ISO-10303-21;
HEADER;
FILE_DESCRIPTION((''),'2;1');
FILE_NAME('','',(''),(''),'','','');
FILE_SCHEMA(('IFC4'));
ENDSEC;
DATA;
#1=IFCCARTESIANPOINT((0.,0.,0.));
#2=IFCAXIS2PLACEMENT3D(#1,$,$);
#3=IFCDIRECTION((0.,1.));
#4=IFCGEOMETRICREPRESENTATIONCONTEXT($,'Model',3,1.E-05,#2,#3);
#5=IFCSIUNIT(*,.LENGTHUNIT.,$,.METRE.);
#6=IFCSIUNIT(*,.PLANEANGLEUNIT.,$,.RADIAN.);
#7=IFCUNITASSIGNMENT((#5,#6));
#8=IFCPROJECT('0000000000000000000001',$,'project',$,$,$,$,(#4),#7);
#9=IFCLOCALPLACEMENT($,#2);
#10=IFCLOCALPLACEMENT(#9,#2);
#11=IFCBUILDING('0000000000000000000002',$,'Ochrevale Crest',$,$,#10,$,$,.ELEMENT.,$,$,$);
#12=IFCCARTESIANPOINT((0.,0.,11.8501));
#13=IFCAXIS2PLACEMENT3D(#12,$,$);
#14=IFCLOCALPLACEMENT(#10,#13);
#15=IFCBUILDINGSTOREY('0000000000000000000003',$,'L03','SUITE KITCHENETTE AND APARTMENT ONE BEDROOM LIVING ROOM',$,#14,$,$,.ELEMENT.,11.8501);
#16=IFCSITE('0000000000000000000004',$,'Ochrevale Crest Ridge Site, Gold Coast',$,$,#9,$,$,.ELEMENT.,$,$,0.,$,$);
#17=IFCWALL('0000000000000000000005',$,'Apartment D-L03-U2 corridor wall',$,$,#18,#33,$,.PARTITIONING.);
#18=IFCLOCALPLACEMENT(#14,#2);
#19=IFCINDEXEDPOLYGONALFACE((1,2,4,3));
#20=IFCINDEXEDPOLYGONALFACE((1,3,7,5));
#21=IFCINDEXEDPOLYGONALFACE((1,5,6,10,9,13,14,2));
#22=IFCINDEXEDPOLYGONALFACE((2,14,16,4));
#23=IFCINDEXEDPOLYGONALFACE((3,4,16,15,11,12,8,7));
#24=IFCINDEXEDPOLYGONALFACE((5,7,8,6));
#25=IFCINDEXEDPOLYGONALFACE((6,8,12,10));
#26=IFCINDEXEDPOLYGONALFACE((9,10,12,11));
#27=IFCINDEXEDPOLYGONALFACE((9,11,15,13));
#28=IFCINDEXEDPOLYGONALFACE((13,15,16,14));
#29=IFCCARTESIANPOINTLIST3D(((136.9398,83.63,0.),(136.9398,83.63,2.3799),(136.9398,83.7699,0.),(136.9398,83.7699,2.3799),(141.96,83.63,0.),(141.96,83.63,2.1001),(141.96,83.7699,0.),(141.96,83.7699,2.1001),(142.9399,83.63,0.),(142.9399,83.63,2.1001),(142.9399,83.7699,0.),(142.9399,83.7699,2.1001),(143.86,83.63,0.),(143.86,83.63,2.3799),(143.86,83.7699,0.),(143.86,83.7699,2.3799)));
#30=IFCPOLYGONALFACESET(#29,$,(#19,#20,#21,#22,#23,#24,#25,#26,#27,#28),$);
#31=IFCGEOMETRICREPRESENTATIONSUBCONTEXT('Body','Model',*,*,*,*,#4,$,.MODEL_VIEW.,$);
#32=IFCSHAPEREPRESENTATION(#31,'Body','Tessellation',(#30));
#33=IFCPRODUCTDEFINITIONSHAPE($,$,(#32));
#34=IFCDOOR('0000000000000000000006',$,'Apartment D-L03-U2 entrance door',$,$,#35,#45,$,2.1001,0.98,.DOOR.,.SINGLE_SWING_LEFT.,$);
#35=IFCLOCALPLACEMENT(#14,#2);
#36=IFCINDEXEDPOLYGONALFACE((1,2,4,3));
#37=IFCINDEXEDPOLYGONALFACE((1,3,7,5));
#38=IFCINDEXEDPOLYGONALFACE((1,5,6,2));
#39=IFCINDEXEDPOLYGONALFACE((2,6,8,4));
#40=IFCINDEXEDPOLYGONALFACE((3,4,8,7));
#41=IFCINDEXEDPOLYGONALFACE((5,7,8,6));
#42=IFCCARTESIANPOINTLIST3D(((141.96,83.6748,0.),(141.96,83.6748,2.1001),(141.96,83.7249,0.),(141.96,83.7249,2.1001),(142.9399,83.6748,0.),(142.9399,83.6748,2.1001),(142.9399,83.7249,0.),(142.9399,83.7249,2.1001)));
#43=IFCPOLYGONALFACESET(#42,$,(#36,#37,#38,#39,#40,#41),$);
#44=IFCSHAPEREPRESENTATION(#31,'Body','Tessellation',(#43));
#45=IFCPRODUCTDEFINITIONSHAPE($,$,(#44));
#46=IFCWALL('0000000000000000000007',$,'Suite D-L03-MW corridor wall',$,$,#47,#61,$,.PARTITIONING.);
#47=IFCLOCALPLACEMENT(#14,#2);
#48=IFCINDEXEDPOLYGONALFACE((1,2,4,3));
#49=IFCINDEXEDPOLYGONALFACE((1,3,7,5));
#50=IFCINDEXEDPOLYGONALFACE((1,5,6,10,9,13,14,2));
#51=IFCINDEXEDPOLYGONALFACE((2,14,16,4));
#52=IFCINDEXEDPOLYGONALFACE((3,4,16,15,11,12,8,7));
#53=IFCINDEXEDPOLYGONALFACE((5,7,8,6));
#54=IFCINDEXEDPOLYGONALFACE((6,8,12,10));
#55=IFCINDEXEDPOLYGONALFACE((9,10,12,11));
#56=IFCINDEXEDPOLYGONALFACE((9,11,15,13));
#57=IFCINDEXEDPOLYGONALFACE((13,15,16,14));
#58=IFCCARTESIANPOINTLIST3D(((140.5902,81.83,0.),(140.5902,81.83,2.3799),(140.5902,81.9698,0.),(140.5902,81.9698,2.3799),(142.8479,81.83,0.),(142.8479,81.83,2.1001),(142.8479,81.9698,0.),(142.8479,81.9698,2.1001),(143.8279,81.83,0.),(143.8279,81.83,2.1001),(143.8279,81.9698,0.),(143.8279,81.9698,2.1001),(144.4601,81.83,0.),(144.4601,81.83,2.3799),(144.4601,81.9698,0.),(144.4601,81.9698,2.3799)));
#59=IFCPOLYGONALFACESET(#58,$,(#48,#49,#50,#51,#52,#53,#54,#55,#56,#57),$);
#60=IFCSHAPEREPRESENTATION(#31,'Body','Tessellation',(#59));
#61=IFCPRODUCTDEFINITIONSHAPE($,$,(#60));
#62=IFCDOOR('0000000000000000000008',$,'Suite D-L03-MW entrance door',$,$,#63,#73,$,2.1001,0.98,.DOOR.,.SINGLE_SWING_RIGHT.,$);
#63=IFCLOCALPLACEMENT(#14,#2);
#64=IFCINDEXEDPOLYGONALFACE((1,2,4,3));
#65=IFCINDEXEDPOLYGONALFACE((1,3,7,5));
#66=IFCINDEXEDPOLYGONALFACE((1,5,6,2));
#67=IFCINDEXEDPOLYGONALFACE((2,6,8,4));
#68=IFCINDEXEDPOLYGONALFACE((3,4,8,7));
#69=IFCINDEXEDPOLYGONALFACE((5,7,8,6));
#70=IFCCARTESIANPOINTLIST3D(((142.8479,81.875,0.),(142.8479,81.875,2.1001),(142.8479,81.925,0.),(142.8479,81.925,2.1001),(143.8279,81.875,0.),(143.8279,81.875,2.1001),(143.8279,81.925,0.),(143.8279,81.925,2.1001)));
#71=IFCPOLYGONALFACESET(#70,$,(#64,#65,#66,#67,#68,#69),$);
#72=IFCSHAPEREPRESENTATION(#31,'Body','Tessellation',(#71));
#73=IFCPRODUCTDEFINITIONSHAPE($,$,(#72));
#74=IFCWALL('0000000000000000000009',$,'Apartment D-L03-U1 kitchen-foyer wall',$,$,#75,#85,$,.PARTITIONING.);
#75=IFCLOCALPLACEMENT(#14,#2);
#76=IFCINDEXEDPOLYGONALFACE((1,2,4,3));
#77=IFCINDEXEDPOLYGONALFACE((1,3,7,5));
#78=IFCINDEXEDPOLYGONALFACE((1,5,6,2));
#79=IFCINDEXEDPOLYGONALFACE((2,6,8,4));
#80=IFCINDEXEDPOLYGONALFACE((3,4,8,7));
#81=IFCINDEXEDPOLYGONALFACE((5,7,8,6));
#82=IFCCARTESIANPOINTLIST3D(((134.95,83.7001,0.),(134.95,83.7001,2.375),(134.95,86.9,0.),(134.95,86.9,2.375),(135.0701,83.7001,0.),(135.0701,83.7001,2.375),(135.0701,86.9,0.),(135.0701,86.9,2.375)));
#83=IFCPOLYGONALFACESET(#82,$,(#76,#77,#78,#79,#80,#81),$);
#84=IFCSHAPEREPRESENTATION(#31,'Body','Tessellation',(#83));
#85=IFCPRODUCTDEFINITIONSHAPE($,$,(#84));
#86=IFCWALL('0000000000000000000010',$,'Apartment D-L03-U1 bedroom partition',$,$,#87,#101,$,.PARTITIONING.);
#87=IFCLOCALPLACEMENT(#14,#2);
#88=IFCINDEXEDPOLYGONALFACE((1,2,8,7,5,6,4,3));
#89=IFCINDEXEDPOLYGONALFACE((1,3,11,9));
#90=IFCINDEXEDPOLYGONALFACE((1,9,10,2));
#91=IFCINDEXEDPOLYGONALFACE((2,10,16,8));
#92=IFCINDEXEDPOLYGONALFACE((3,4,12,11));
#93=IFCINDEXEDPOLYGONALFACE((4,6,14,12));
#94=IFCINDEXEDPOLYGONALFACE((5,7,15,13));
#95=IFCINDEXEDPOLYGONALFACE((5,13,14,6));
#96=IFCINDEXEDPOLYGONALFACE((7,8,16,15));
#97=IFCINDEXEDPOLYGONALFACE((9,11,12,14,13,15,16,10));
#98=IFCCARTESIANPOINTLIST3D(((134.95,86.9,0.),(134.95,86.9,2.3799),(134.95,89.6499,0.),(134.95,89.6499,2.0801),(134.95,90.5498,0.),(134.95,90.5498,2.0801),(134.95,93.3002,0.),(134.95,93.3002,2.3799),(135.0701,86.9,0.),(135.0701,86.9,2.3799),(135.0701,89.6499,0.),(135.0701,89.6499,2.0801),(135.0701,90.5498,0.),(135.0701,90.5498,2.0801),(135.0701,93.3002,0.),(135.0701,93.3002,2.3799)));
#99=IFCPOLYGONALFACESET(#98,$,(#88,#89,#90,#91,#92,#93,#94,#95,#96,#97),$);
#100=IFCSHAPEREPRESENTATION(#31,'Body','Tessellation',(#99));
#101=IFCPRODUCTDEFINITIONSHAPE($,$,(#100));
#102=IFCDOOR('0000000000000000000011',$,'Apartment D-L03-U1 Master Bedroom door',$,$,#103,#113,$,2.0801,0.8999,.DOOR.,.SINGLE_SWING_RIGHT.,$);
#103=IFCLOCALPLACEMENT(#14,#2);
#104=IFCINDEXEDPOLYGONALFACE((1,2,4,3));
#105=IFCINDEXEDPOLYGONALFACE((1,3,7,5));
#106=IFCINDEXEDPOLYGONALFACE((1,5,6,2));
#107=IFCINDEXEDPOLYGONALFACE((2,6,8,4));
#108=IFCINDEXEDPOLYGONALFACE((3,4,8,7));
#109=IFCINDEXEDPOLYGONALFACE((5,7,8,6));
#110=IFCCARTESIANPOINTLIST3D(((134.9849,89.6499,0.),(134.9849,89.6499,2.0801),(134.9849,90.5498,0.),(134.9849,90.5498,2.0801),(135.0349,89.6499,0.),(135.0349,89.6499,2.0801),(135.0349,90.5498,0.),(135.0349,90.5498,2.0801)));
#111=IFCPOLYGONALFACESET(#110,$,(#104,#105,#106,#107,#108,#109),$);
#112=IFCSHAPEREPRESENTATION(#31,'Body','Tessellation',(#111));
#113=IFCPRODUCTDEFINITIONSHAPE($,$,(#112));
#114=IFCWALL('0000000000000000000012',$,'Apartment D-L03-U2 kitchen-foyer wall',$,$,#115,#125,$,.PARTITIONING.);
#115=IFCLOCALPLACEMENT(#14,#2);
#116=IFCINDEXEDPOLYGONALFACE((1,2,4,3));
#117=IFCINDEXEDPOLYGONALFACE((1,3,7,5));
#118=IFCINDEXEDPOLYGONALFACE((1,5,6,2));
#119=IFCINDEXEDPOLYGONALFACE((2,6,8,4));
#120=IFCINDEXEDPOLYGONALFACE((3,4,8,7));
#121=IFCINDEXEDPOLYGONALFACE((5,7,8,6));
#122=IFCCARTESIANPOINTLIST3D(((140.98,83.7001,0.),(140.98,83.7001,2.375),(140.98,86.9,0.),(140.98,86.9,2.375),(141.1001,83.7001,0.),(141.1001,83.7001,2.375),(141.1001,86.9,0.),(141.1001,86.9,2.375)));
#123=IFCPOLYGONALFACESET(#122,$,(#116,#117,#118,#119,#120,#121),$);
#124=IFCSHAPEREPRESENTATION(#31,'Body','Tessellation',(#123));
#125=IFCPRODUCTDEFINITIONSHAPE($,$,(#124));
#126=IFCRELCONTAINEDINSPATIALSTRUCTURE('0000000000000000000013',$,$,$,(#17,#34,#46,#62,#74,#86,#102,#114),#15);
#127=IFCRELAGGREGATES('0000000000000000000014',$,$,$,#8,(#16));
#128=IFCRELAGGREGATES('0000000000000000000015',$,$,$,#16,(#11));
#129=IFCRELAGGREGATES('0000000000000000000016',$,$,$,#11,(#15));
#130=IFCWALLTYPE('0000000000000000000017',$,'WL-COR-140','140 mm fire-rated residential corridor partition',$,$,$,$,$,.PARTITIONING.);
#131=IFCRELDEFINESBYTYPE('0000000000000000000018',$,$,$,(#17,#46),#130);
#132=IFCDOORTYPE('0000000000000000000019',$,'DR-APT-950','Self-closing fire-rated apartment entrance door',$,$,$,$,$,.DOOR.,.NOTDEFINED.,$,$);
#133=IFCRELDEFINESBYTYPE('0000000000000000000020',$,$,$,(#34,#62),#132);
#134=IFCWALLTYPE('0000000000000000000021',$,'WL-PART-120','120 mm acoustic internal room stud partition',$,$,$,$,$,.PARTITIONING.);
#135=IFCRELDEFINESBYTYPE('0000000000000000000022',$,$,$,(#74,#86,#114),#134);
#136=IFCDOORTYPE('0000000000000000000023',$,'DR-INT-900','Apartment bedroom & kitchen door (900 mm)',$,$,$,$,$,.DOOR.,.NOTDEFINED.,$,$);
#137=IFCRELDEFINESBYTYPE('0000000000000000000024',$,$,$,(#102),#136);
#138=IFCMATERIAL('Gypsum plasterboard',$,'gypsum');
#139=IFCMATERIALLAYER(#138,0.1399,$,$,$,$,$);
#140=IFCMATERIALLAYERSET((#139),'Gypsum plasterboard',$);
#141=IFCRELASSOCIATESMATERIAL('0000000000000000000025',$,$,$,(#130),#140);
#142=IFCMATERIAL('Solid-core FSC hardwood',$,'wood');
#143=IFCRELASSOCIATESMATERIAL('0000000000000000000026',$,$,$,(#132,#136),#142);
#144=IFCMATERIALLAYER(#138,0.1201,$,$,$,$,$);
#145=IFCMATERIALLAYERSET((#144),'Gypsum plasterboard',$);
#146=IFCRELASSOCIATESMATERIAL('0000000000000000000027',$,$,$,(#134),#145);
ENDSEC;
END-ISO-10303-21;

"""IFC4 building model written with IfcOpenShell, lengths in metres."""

from ifc_helpers import new_model, si_unit, direction, frame, frame_2d, origin, place, context, subcontext, project, spatial, rectangle, extrude, material, layer, layer_set, type_object, element, fill, save


model = new_model("IFC4")

# Units and contexts
model_context = context("Model", 3, precision=1e-05, world=origin(), true_north=direction((0.0, 1.0)))
body_context = subcontext(model_context, "Body", "Model", "MODEL_VIEW")
ifc_project = project(units=[si_unit("LENGTHUNIT", "METRE"), si_unit("PLANEANGLEUNIT", "RADIAN")], contexts=[model_context])

# Site, building, storey
site_placement = place(None, origin())
site = spatial("IfcSite", under=ifc_project, at=site_placement, Name="Ochrevale Crest Ridge Site, Gold Coast", CompositionType="ELEMENT", RefElevation=0.0)
building_placement = place(site_placement, origin())
building = spatial("IfcBuilding", under=site, at=building_placement, Name="Ochrevale Crest", CompositionType="ELEMENT")
storey_placement = place(building_placement, frame((0.0, 0.0, 11.8501)))
storey = spatial("IfcBuildingStorey", under=building, at=storey_placement, Name="L03", Description="SUITE KITCHENETTE AND APARTMENT ONE BEDROOM LIVING ROOM", CompositionType="ELEMENT", Elevation=11.8501)

# Walls, openings, doors
ifc_material_1 = material(Name="Gypsum plasterboard", Category="gypsum")
ifc_layer_1 = layer(ifc_material_1, 0.1399)
ifc_layer_set_1 = layer_set([ifc_layer_1], Name="Gypsum plasterboard")
wall_type_1 = type_object("IfcWallType", Name="WL-COR-140", Description="140 mm fire-rated residential corridor partition", PredefinedType="PARTITIONING", material=ifc_layer_set_1)
wall_1_placement = place(storey_placement, frame((136.9399, 83.7, 0.0), z_axis=(0.0, 0.0, 1.0), x_axis=(1.0, 0.0, 0.0)))
wall_1 = element("IfcWall", 1, at=wall_1_placement, inside=storey, type_object=wall_type_1, Name="Apartment D-L03-U2 corridor wall", PredefinedType="PARTITIONING", context=body_context, shape_type="SweptSolid", body=[
    extrude(rectangle(XDim=6.9202, YDim=0.1399, at=frame_2d((3.46, 0.0))), origin(), (0.0, 0.0, 1.0), 2.3799),
])
opening_1_placement = place(wall_1_placement, frame((5.02, 0.0, 0.0)))
opening_1 = element("IfcOpeningElement", 2, at=opening_1_placement, cuts=wall_1, PredefinedType="OPENING", context=body_context, shape_type="SweptSolid", body=[
    extrude(rectangle(XDim=0.98, YDim=2.1001, at=frame_2d((0.49, 1.05))), frame((0.0, 0.0801, 0.0), z_axis=(0.0, -1.0, 0.0), x_axis=(1.0, 0.0, 0.0)), (0.0, 0.0, 1.0), 0.1599),
])
ifc_material_2 = material(Name="Solid-core FSC hardwood", Category="wood")
door_type_1 = type_object("IfcDoorType", Name="DR-APT-950", Description="Self-closing fire-rated apartment entrance door", OperationType="NOTDEFINED", PredefinedType="DOOR", material=ifc_material_2)
door_1_placement = place(opening_1_placement, origin())
door_1 = element("IfcDoor", 3, at=door_1_placement, inside=storey, type_object=door_type_1, Name="Apartment D-L03-U2 entrance door", OperationType="SINGLE_SWING_LEFT", OverallHeight=2.1001, OverallWidth=0.98, PredefinedType="DOOR", context=body_context, shape_type="SweptSolid", body=[
    extrude(rectangle(XDim=0.98, YDim=2.1001, at=frame_2d((0.49, 1.05))), frame((0.0, 0.0249, 0.0), z_axis=(0.0, -1.0, 0.0), x_axis=(1.0, 0.0, 0.0)), (0.0, 0.0, 1.0), 0.05),
])
fill(opening_1, door_1)
wall_2_placement = place(storey_placement, frame((140.5901, 81.8999, 0.0), z_axis=(0.0, 0.0, 1.0), x_axis=(1.0, 0.0, 0.0)))
wall_2 = element("IfcWall", 4, at=wall_2_placement, inside=storey, type_object=wall_type_1, Name="Suite D-L03-MW corridor wall", PredefinedType="PARTITIONING", context=body_context, shape_type="SweptSolid", body=[
    extrude(rectangle(XDim=3.8699, YDim=0.1399, at=frame_2d((1.9351, 0.0))), origin(), (0.0, 0.0, 1.0), 2.3799),
])
opening_2_placement = place(wall_2_placement, frame((3.2378, 0.0, 0.0), z_axis=(0.0, 0.0, 1.0), x_axis=(-1.0, 0.0, 0.0)))
opening_2 = element("IfcOpeningElement", 5, at=opening_2_placement, cuts=wall_2, PredefinedType="OPENING", context=body_context, shape_type="SweptSolid", body=[
    extrude(rectangle(XDim=0.98, YDim=2.1001, at=frame_2d((0.49, 1.05))), frame((0.0, 0.0801, 0.0), z_axis=(0.0, -1.0, 0.0), x_axis=(1.0, 0.0, 0.0)), (0.0, 0.0, 1.0), 0.1599),
])
door_2_placement = place(opening_2_placement, origin())
door_2 = element("IfcDoor", 6, at=door_2_placement, inside=storey, type_object=door_type_1, Name="Suite D-L03-MW entrance door", OperationType="SINGLE_SWING_RIGHT", OverallHeight=2.1001, OverallWidth=0.98, PredefinedType="DOOR", context=body_context, shape_type="SweptSolid", body=[
    extrude(rectangle(XDim=0.98, YDim=2.1001, at=frame_2d((0.49, 1.05))), frame((0.0, 0.0249, 0.0), z_axis=(0.0, -1.0, 0.0), x_axis=(1.0, 0.0, 0.0)), (0.0, 0.0, 1.0), 0.05),
])
fill(opening_2, door_2)

# Wall
ifc_layer_2 = layer(ifc_material_1, 0.1201)
ifc_layer_set_2 = layer_set([ifc_layer_2], Name="Gypsum plasterboard")
wall_type_2 = type_object("IfcWallType", Name="WL-PART-120", Description="120 mm acoustic internal room stud partition", PredefinedType="PARTITIONING", material=ifc_layer_set_2)
wall_3_placement = place(storey_placement, frame((135.01, 83.7, 0.0), z_axis=(0.0, 0.0, 1.0), x_axis=(0.0, 1.0, 0.0)))
element("IfcWall", 7, at=wall_3_placement, inside=storey, type_object=wall_type_2, Name="Apartment D-L03-U1 kitchen-foyer wall", PredefinedType="PARTITIONING", context=body_context, shape_type="SweptSolid", body=[
    extrude(rectangle(XDim=3.2, YDim=0.1201, at=frame_2d((1.6001, 0.0))), origin(), (0.0, 0.0, 1.0), 2.375),
])

# Wall, opening, door
wall_4_placement = place(storey_placement, frame((135.01, 86.8999, 0.0), z_axis=(0.0, 0.0, 1.0), x_axis=(0.0, 1.0, 0.0)))
wall_4 = element("IfcWall", 8, at=wall_4_placement, inside=storey, type_object=wall_type_2, Name="Apartment D-L03-U1 bedroom partition", PredefinedType="PARTITIONING", context=body_context, shape_type="SweptSolid", body=[
    extrude(rectangle(XDim=6.4001, YDim=0.1201, at=frame_2d((3.2002, 0.0))), origin(), (0.0, 0.0, 1.0), 2.3799),
])
opening_3_placement = place(wall_4_placement, frame((3.6499, 0.0, 0.0), z_axis=(0.0, 0.0, 1.0), x_axis=(-1.0, 0.0, 0.0)))
opening_3 = element("IfcOpeningElement", 9, at=opening_3_placement, cuts=wall_4, PredefinedType="OPENING", context=body_context, shape_type="SweptSolid", body=[
    extrude(rectangle(XDim=0.8999, YDim=2.0801, at=frame_2d((0.45, 1.04))), frame((0.0, 0.0701, 0.0), z_axis=(0.0, -1.0, 0.0), x_axis=(1.0, 0.0, 0.0)), (0.0, 0.0, 1.0), 0.1401),
])
door_type_2 = type_object("IfcDoorType", Name="DR-INT-900", Description="Apartment bedroom & kitchen door (900 mm)", OperationType="NOTDEFINED", PredefinedType="DOOR", material=ifc_material_2)
door_3_placement = place(opening_3_placement, origin())
door_3 = element("IfcDoor", 10, at=door_3_placement, inside=storey, type_object=door_type_2, Name="Apartment D-L03-U1 Master Bedroom door", OperationType="SINGLE_SWING_RIGHT", OverallHeight=2.0801, OverallWidth=0.8999, PredefinedType="DOOR", context=body_context, shape_type="SweptSolid", body=[
    extrude(rectangle(XDim=0.8999, YDim=2.0801, at=frame_2d((0.45, 1.04))), frame((0.0, 0.0249, 0.0), z_axis=(0.0, -1.0, 0.0), x_axis=(1.0, 0.0, 0.0)), (0.0, 0.0, 1.0), 0.05),
])
fill(opening_3, door_3)

# Wall
wall_5_placement = place(storey_placement, frame((141.04, 83.7, 0.0), z_axis=(0.0, 0.0, 1.0), x_axis=(0.0, 1.0, 0.0)))
element("IfcWall", 11, at=wall_5_placement, inside=storey, type_object=wall_type_2, Name="Apartment D-L03-U2 kitchen-foyer wall", PredefinedType="PARTITIONING", context=body_context, shape_type="SweptSolid", body=[
    extrude(rectangle(XDim=3.2, YDim=0.1201, at=frame_2d((1.6001, 0.0))), origin(), (0.0, 0.0, 1.0), 2.375),
])

save(model, "model.ifc")
